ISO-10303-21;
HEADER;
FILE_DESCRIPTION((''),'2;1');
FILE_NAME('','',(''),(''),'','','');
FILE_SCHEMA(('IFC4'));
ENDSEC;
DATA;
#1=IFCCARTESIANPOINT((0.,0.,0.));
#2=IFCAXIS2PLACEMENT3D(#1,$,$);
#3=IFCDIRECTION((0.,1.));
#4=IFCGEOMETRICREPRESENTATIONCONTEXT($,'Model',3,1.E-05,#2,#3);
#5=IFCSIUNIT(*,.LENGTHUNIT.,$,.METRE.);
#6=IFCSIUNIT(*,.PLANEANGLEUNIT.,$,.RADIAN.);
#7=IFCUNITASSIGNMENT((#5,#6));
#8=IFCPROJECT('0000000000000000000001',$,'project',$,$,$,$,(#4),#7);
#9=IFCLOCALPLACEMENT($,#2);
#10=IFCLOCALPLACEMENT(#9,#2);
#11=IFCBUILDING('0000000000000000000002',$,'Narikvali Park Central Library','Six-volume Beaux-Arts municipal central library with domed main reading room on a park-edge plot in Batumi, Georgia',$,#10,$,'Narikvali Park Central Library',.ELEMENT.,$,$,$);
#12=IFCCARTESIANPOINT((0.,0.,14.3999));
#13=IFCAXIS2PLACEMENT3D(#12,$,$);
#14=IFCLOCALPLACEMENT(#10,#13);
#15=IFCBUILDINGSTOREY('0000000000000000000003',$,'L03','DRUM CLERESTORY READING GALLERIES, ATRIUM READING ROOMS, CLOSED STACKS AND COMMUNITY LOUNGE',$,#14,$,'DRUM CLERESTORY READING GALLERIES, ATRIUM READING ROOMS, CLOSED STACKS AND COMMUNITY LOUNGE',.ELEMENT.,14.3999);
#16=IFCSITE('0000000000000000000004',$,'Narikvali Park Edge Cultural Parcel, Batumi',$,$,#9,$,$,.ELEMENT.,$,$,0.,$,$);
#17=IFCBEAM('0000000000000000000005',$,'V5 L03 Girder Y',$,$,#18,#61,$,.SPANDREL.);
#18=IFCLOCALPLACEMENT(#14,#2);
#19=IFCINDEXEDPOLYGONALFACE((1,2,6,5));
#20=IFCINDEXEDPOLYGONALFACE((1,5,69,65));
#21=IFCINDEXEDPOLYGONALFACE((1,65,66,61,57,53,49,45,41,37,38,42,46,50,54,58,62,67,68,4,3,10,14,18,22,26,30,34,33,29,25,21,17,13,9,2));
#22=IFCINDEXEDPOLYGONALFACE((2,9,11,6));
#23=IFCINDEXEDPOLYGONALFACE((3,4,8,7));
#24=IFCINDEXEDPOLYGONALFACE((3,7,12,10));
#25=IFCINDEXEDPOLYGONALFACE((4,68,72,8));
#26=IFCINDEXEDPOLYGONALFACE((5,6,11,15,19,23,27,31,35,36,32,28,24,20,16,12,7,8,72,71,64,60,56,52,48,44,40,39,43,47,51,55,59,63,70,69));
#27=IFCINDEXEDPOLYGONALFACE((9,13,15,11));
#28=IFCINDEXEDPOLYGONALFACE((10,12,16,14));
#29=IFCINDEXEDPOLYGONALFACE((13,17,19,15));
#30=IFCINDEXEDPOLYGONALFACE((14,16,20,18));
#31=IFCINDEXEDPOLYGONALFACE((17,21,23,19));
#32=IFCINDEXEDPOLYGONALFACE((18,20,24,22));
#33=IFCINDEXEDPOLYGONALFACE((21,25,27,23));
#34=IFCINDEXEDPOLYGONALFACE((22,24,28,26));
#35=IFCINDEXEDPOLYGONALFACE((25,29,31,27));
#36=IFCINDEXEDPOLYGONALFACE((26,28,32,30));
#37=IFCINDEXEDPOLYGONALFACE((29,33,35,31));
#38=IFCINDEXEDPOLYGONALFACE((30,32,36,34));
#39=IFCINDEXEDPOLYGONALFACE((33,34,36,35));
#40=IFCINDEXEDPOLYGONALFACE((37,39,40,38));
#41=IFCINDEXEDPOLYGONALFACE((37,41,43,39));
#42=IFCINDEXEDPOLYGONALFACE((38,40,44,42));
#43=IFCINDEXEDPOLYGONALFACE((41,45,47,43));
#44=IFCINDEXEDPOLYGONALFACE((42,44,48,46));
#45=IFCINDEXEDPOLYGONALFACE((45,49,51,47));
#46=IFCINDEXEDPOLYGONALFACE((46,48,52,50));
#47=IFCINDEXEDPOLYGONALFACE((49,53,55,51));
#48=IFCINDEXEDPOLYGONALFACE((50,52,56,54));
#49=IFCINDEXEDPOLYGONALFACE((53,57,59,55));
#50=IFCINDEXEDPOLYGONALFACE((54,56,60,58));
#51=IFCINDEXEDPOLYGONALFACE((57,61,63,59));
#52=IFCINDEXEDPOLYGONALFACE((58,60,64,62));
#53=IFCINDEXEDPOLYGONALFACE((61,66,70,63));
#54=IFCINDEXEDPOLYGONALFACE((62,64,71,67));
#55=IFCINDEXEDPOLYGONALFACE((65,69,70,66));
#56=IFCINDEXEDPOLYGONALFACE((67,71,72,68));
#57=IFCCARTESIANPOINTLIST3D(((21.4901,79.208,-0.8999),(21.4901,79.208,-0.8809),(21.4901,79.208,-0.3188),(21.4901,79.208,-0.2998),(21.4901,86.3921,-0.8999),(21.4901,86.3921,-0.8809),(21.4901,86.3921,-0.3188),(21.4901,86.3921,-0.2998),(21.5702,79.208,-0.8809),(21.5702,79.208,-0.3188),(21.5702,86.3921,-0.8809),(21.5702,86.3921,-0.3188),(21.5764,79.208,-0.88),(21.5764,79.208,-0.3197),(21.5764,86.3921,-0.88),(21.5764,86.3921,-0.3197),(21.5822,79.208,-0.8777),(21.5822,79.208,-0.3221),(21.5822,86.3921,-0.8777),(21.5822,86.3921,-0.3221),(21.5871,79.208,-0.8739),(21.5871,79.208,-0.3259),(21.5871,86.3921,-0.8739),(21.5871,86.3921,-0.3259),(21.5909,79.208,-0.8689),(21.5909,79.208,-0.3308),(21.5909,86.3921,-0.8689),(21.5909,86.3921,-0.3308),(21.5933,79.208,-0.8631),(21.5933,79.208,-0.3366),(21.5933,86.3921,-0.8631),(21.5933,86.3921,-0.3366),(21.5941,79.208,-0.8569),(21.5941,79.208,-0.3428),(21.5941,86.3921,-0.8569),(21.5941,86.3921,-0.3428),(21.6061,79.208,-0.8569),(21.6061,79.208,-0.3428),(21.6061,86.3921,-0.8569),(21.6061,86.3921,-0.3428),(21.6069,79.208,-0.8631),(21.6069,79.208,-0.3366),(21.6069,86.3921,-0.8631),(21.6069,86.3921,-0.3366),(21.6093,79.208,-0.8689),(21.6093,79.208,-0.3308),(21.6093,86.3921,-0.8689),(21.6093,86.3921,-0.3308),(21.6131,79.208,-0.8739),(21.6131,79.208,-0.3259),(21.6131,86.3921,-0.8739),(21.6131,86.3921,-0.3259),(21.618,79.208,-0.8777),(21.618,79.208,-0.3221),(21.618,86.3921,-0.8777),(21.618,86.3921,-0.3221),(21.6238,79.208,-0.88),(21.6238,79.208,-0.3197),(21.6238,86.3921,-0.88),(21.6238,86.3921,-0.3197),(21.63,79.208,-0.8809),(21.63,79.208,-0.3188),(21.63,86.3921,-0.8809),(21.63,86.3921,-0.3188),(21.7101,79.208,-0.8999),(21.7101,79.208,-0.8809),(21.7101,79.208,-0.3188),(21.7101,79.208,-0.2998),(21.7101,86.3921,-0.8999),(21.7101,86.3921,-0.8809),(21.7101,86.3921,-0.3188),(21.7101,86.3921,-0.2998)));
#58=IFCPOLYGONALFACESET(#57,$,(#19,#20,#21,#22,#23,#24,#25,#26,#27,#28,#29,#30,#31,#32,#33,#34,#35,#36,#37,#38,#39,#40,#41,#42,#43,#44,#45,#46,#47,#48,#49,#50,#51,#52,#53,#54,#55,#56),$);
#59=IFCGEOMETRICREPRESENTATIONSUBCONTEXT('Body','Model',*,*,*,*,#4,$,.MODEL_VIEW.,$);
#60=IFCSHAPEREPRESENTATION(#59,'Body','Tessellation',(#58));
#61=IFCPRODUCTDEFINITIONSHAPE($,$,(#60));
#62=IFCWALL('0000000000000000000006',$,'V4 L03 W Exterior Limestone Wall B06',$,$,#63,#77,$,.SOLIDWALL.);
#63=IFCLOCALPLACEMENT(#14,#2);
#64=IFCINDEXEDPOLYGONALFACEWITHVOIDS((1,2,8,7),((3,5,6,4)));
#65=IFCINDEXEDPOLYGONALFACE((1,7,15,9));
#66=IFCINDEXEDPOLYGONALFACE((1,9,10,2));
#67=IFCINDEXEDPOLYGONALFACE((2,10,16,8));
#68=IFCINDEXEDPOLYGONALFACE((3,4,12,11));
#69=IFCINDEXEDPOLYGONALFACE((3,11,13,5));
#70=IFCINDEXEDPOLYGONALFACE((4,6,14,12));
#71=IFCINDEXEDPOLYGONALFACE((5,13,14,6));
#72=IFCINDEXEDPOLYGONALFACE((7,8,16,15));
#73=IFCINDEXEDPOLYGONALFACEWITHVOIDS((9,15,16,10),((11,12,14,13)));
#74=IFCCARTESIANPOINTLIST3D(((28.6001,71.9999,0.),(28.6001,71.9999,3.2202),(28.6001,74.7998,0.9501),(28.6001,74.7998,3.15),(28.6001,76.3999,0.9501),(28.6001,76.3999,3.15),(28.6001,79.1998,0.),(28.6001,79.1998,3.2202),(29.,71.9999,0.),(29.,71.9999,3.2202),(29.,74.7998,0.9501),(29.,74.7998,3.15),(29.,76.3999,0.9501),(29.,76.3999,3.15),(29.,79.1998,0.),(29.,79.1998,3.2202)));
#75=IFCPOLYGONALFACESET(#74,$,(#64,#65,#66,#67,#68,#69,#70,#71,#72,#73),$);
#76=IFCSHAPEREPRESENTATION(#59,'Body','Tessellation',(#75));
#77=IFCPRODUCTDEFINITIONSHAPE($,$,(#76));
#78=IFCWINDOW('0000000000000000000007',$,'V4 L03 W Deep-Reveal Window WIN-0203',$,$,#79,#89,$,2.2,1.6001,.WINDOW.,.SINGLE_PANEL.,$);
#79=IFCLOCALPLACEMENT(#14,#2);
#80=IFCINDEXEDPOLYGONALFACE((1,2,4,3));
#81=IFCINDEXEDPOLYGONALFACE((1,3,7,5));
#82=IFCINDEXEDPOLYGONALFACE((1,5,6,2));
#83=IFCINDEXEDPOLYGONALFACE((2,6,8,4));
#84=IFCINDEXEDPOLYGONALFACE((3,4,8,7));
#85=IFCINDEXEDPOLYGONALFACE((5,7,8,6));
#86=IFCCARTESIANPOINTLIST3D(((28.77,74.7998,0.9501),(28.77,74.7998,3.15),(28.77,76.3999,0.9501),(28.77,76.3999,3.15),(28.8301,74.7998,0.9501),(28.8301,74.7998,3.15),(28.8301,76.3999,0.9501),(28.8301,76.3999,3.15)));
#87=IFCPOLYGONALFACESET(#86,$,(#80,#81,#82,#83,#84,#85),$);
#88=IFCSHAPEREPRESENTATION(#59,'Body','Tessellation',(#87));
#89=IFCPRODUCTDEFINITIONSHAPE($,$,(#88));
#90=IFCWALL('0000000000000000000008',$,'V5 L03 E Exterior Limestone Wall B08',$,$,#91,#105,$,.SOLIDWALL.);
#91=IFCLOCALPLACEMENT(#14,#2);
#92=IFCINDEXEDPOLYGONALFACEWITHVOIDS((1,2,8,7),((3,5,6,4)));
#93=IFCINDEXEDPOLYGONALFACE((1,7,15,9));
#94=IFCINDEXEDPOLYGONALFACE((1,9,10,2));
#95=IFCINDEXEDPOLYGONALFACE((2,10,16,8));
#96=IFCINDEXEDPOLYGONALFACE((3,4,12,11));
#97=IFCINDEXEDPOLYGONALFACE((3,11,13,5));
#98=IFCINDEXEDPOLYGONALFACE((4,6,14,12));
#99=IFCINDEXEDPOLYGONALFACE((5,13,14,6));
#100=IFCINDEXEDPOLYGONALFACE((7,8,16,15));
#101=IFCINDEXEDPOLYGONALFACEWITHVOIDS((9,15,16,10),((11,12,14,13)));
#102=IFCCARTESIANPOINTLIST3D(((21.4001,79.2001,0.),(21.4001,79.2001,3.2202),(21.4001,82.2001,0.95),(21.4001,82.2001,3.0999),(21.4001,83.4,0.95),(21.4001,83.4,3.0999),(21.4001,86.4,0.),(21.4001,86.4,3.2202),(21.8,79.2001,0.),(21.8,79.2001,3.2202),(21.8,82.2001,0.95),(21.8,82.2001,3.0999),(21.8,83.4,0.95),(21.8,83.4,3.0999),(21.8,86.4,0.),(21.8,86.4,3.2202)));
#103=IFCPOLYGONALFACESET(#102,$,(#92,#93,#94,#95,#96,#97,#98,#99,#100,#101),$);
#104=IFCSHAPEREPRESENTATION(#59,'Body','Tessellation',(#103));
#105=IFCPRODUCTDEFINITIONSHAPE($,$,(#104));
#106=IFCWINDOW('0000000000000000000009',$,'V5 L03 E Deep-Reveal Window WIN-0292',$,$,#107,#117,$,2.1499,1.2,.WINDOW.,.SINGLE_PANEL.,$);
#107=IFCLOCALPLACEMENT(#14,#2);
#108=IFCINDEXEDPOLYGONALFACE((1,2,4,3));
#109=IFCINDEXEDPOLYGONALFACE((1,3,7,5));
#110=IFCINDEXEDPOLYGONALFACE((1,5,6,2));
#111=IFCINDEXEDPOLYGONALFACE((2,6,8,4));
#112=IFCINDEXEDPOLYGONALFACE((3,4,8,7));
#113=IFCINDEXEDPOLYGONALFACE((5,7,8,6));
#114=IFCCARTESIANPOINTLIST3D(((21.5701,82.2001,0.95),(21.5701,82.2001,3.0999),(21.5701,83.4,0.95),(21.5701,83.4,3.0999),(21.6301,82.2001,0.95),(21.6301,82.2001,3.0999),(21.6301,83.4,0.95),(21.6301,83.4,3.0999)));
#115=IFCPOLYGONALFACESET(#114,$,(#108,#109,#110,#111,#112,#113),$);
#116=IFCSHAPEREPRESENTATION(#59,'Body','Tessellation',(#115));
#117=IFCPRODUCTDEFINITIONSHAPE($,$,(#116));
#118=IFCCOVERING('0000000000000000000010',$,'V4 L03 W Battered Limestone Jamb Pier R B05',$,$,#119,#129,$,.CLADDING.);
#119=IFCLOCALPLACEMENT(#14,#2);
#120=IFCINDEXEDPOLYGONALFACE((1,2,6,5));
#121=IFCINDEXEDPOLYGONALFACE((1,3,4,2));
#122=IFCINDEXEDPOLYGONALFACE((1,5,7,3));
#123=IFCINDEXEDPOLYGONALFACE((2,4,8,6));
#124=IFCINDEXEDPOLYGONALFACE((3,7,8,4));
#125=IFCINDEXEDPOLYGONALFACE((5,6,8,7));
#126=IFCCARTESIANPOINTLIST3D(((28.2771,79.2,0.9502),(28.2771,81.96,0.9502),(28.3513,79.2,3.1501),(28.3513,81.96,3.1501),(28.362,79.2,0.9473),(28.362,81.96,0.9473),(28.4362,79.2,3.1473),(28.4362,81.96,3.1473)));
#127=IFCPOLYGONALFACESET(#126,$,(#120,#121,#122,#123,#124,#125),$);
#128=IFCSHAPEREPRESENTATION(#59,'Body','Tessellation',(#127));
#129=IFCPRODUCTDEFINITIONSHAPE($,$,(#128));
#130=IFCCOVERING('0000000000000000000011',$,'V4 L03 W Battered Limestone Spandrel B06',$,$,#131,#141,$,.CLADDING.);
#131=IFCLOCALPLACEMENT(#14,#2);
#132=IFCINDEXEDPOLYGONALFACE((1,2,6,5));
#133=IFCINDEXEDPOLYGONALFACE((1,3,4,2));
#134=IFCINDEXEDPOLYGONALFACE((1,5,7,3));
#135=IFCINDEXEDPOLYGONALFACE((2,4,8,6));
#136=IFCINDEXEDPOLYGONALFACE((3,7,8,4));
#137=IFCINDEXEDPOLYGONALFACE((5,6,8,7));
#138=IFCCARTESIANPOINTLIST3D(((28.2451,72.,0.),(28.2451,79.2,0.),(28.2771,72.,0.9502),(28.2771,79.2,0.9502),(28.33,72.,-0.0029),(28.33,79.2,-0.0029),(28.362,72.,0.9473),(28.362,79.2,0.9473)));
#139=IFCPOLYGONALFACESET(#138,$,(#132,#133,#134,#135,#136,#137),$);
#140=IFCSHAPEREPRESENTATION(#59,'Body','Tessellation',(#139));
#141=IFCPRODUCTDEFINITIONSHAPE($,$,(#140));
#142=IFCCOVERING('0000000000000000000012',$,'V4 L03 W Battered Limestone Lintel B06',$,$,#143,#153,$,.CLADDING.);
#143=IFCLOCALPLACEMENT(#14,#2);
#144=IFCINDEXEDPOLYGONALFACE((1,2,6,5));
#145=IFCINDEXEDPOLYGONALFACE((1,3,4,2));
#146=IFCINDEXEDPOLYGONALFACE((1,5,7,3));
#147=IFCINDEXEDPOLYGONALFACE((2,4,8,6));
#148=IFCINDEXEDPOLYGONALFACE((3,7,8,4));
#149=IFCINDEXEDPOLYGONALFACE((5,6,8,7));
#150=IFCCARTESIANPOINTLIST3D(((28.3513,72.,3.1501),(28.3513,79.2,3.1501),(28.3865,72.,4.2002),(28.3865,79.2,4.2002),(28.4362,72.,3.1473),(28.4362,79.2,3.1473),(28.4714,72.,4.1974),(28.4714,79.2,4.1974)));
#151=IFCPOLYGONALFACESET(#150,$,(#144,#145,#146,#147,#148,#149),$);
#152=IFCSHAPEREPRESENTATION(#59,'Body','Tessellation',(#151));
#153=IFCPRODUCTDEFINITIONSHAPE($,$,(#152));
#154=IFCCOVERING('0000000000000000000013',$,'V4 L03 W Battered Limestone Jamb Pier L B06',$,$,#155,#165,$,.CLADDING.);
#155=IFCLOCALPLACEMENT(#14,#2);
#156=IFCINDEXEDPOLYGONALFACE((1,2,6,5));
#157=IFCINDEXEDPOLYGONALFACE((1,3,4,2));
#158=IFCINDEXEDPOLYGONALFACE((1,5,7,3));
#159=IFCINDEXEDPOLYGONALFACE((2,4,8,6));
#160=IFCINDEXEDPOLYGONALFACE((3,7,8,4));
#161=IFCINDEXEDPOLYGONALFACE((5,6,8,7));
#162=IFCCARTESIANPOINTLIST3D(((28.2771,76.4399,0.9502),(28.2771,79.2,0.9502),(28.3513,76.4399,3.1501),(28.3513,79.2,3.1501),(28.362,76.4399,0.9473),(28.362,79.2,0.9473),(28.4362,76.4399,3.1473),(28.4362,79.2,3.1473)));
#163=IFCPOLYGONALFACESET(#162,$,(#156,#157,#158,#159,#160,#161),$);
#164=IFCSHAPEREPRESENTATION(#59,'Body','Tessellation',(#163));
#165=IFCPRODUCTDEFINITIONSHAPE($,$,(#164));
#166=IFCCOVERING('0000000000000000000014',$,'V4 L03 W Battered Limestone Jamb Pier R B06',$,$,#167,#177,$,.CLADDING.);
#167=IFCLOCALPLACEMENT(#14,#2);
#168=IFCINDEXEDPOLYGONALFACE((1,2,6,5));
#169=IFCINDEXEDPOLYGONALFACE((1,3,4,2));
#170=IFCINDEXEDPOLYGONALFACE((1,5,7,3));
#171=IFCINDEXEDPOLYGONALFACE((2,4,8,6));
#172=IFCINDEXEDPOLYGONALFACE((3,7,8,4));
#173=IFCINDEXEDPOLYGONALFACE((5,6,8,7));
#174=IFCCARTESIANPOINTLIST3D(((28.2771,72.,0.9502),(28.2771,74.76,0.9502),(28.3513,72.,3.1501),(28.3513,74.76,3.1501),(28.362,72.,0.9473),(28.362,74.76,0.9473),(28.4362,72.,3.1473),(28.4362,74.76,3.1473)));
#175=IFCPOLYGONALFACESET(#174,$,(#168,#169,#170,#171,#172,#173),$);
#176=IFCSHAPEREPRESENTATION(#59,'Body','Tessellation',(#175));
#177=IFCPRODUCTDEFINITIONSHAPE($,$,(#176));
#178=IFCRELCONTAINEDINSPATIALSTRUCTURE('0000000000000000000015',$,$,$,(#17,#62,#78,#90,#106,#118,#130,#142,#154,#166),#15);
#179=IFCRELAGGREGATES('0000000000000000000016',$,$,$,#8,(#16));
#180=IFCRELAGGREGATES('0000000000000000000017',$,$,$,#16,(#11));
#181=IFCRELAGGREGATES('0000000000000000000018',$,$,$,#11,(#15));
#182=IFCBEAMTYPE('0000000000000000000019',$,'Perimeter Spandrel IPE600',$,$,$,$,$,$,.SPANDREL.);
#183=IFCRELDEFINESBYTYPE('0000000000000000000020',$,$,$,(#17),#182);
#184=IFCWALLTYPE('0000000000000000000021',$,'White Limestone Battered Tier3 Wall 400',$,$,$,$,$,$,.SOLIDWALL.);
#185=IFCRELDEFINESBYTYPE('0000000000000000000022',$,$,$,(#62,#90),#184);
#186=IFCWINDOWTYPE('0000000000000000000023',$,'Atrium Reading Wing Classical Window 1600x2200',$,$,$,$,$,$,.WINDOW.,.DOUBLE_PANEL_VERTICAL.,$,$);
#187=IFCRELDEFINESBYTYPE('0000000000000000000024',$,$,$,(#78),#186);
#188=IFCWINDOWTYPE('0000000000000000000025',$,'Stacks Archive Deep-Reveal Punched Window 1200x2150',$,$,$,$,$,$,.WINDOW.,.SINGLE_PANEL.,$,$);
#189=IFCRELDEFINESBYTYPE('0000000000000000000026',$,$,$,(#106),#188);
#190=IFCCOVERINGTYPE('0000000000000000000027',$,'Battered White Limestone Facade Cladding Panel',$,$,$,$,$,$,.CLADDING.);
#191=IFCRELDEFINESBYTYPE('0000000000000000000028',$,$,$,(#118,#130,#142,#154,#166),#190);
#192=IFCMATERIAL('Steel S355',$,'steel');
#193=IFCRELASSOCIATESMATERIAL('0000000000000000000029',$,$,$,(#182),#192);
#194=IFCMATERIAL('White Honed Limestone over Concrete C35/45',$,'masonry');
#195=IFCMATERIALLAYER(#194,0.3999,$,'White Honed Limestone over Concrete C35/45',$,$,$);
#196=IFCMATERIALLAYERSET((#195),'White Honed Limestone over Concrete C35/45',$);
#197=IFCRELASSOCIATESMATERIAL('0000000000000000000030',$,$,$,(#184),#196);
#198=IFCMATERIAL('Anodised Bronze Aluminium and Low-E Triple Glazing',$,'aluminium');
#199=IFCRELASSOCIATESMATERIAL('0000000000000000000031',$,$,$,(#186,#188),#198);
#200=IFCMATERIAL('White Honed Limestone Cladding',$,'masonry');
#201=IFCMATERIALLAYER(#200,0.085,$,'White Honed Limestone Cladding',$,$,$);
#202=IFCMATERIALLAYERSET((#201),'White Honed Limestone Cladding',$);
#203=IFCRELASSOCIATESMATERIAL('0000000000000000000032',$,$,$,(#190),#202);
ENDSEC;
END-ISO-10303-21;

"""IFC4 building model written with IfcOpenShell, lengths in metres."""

from ifc_helpers import new_model, si_unit, direction, frame, frame_2d, origin, origin_2d, place, context, subcontext, project, spatial, polyline, rectangle, i_section, outline, extrude, material, layer, layer_set, material_profile, profile_set, type_object, element, fill, save


model = new_model("IFC4")

# Units and contexts
model_context = context("Model", 3, precision=1e-05, world=origin(), true_north=direction((0.0, 1.0)))
body_context = subcontext(model_context, "Body", "Model", "MODEL_VIEW")
ifc_project = project(units=[si_unit("LENGTHUNIT", "METRE"), si_unit("PLANEANGLEUNIT", "RADIAN")], contexts=[model_context])

# Site, building, storey
site_placement = place(None, origin())
site = spatial("IfcSite", under=ifc_project, at=site_placement, Name="Narikvali Park Edge Cultural Parcel, Batumi", CompositionType="ELEMENT", RefElevation=0.0)
building_placement = place(site_placement, origin())
building = spatial("IfcBuilding", under=site, at=building_placement, Name="Narikvali Park Central Library", Description="Six-volume Beaux-Arts municipal central library with domed main reading room on a park-edge plot in Batumi, Georgia", LongName="Narikvali Park Central Library", CompositionType="ELEMENT")
storey_placement = place(building_placement, frame((0.0, 0.0, 14.3999)))
storey = spatial("IfcBuildingStorey", under=building, at=storey_placement, Name="L03", Description="DRUM CLERESTORY READING GALLERIES, ATRIUM READING ROOMS, CLOSED STACKS AND COMMUNITY LOUNGE", LongName="DRUM CLERESTORY READING GALLERIES, ATRIUM READING ROOMS, CLOSED STACKS AND COMMUNITY LOUNGE", CompositionType="ELEMENT", Elevation=14.3999)

# Shared definitions
ifc_material_1 = material(Name="Steel S355", Category="steel")

# Beam
ifc_material_profile_1 = material_profile(ifc_material_1, i_section(OverallWidth=0.22, OverallDepth=0.6001, WebThickness=0.012, FlangeThickness=0.019, FilletRadius=0.0239, at=origin_2d()), Name="IPE 600")
ifc_profile_set_1 = profile_set([ifc_material_profile_1], Name="Steel S355")
beam_type_1 = type_object("IfcBeamType", Name="Perimeter Spandrel IPE600", PredefinedType="SPANDREL", material=ifc_profile_set_1)
beam_1_placement = place(storey_placement, frame((21.6001, 79.208, -0.5999), z_axis=(0.0, 1.0, 0.0), x_axis=(-1.0, 0.0, 0.0)))
element("IfcBeam", 1, at=beam_1_placement, inside=storey, type_object=beam_type_1, Name="V5 L03 Girder Y", PredefinedType="SPANDREL", context=body_context, shape_type="SweptSolid", body=[
    extrude(i_section(OverallWidth=0.22, OverallDepth=0.6001, WebThickness=0.012, FlangeThickness=0.019, FilletRadius=0.0239, at=origin_2d()), origin(), (0.0, 0.0, 1.0), 7.1841),
])

# Walls, openings, windows
ifc_material_2 = material(Name="White Honed Limestone over Concrete C35/45", Category="masonry")
ifc_layer_1 = layer(ifc_material_2, 0.3999, Name="White Honed Limestone over Concrete C35/45")
ifc_layer_set_1 = layer_set([ifc_layer_1], Name="White Honed Limestone over Concrete C35/45")
wall_type = type_object("IfcWallType", Name="White Limestone Battered Tier3 Wall 400", PredefinedType="SOLIDWALL", material=ifc_layer_set_1)
wall_1_placement = place(storey_placement, frame((28.8, 79.2, 0.0), z_axis=(0.0, 0.0, 1.0), x_axis=(0.0, -1.0, 0.0)))
wall_1 = element("IfcWall", 2, at=wall_1_placement, inside=storey, type_object=wall_type, Name="V4 L03 W Exterior Limestone Wall B06", PredefinedType="SOLIDWALL", context=body_context, shape_type="SweptSolid", body=[
    extrude(rectangle(XDim=7.2, YDim=0.3999, at=frame_2d((3.6001, 0.0))), origin(), (0.0, 0.0, 1.0), 3.2202),
])
opening_1_placement = place(wall_1_placement, frame((2.8, 0.0, 0.95)))
opening_1 = element("IfcOpeningElement", 3, at=opening_1_placement, cuts=wall_1, PredefinedType="OPENING", context=body_context, shape_type="SweptSolid", body=[
    extrude(rectangle(XDim=1.6001, YDim=2.2, at=frame_2d((0.8, 1.1001))), frame((0.0, 0.2119, 0.0), z_axis=(0.0, -1.0, 0.0), x_axis=(1.0, 0.0, 0.0)), (0.0, 0.0, 1.0), 0.4238),
])
ifc_material_3 = material(Name="Anodised Bronze Aluminium and Low-E Triple Glazing", Category="aluminium")
window_type_1 = type_object("IfcWindowType", Name="Atrium Reading Wing Classical Window 1600x2200", PartitioningType="DOUBLE_PANEL_VERTICAL", PredefinedType="WINDOW", material=ifc_material_3)
window_1_placement = place(opening_1_placement, origin())
window_1 = element("IfcWindow", 4, at=window_1_placement, inside=storey, type_object=window_type_1, Name="V4 L03 W Deep-Reveal Window WIN-0203", OverallHeight=2.2, OverallWidth=1.6001, PartitioningType="SINGLE_PANEL", PredefinedType="WINDOW", context=body_context, shape_type="SweptSolid", body=[
    extrude(rectangle(XDim=1.6001, YDim=2.2, at=frame_2d((0.8, 1.1001))), frame((0.0, 0.03, 0.0), z_axis=(0.0, -1.0, 0.0), x_axis=(1.0, 0.0, 0.0)), (0.0, 0.0, 1.0), 0.0601),
])
fill(opening_1, window_1)
wall_2_placement = place(storey_placement, frame((21.6001, 79.2, 0.0), z_axis=(0.0, 0.0, 1.0), x_axis=(0.0, 1.0, 0.0)))
wall_2 = element("IfcWall", 5, at=wall_2_placement, inside=storey, type_object=wall_type, Name="V5 L03 E Exterior Limestone Wall B08", PredefinedType="SOLIDWALL", context=body_context, shape_type="SweptSolid", body=[
    extrude(rectangle(XDim=7.2, YDim=0.3999, at=frame_2d((3.6001, 0.0))), origin(), (0.0, 0.0, 1.0), 3.2202),
])
opening_2_placement = place(wall_2_placement, frame((3.0, 0.0, 0.95)))
opening_2 = element("IfcOpeningElement", 6, at=opening_2_placement, cuts=wall_2, PredefinedType="OPENING", context=body_context, shape_type="SweptSolid", body=[
    extrude(rectangle(XDim=1.2, YDim=2.1499, at=frame_2d((0.6001, 1.075))), frame((0.0, 0.2119, 0.0), z_axis=(0.0, -1.0, 0.0), x_axis=(1.0, 0.0, 0.0)), (0.0, 0.0, 1.0), 0.4238),
])
window_type_2 = type_object("IfcWindowType", Name="Stacks Archive Deep-Reveal Punched Window 1200x2150", PartitioningType="SINGLE_PANEL", PredefinedType="WINDOW", material=ifc_material_3)
window_2_placement = place(opening_2_placement, origin())
window_2 = element("IfcWindow", 7, at=window_2_placement, inside=storey, type_object=window_type_2, Name="V5 L03 E Deep-Reveal Window WIN-0292", OverallHeight=2.1499, OverallWidth=1.2, PartitioningType="SINGLE_PANEL", PredefinedType="WINDOW", context=body_context, shape_type="SweptSolid", body=[
    extrude(rectangle(XDim=1.2, YDim=2.1499, at=frame_2d((0.6001, 1.075))), frame((0.0, 0.03, 0.0), z_axis=(0.0, -1.0, 0.0), x_axis=(1.0, 0.0, 0.0)), (0.0, 0.0, 1.0), 0.0601),
])
fill(opening_2, window_2)

# Coverings
ifc_material_4 = material(Name="White Honed Limestone Cladding", Category="masonry")
ifc_layer_2 = layer(ifc_material_4, 0.085, Name="White Honed Limestone Cladding")
ifc_layer_set_2 = layer_set([ifc_layer_2], Name="White Honed Limestone Cladding")
covering_type = type_object("IfcCoveringType", Name="Battered White Limestone Facade Cladding Panel", PredefinedType="CLADDING", material=ifc_layer_set_2)
covering_1_placement = place(storey_placement, frame((28.2771, 81.96, 0.9502), z_axis=(-0.999431, 0.0, 0.033717), x_axis=(0.0, -1.0, 0.0)))
element("IfcCovering", 8, at=covering_1_placement, inside=storey, type_object=covering_type, Name="V4 L03 W Battered Limestone Jamb Pier R B05", PredefinedType="CLADDING", context=body_context, shape_type="SweptSolid", body=[
    extrude(outline(polyline([(0.0, 0.0), (2.76, 0.0), (2.76, 2.2012), (0.0, 2.2012), (0.0, 0.0)])), origin(), (0.0, 0.0, -1.0), 0.085),
])
covering_2_placement = place(storey_placement, frame((28.2451, 79.2, 0.0), z_axis=(-0.999434, 0.0, 0.03364), x_axis=(0.0, -1.0, 0.0)))
element("IfcCovering", 9, at=covering_2_placement, inside=storey, type_object=covering_type, Name="V4 L03 W Battered Limestone Spandrel B06", PredefinedType="CLADDING", context=body_context, shape_type="SweptSolid", body=[
    extrude(outline(polyline([(0.0, 0.0), (7.2, 0.0), (7.2, 0.9507), (0.0, 0.9507), (0.0, 0.0)])), origin(), (0.0, 0.0, -1.0), 0.085),
])
covering_3_placement = place(storey_placement, frame((28.3513, 79.2, 3.1501), z_axis=(-0.99944, 0.0, 0.033462), x_axis=(0.0, -1.0, 0.0)))
element("IfcCovering", 10, at=covering_3_placement, inside=storey, type_object=covering_type, Name="V4 L03 W Battered Limestone Lintel B06", PredefinedType="CLADDING", context=body_context, shape_type="SweptSolid", body=[
    extrude(outline(polyline([(0.0, 0.0), (7.2, 0.0), (7.2, 1.0506), (0.0, 1.0506), (0.0, 0.0)])), origin(), (0.0, 0.0, -1.0), 0.085),
])
for number, where, z_axis, x_axis, name in (
    (11, (28.2771, 79.2, 0.9502), (-0.999431, 0.0, 0.033717), (0.0, -1.0, 0.0), "V4 L03 W Battered Limestone Jamb Pier L B06"),
    (12, (28.2771, 74.76, 0.9502), (-0.999431, 0.0, 0.033717), (0.0, -1.0, 0.0), "V4 L03 W Battered Limestone Jamb Pier R B06"),
):
    element("IfcCovering", number, at=place(storey_placement, frame(where, z_axis=z_axis, x_axis=x_axis)), inside=storey, type_object=covering_type, Name=name, PredefinedType="CLADDING", context=body_context, shape_type="SweptSolid", body=[
        extrude(outline(polyline([(0.0, 0.0), (2.76, 0.0), (2.76, 2.2012), (0.0, 2.2012), (0.0, 0.0)])), origin(), (0.0, 0.0, -1.0), 0.085),
    ])

save(model, "model.ifc")
